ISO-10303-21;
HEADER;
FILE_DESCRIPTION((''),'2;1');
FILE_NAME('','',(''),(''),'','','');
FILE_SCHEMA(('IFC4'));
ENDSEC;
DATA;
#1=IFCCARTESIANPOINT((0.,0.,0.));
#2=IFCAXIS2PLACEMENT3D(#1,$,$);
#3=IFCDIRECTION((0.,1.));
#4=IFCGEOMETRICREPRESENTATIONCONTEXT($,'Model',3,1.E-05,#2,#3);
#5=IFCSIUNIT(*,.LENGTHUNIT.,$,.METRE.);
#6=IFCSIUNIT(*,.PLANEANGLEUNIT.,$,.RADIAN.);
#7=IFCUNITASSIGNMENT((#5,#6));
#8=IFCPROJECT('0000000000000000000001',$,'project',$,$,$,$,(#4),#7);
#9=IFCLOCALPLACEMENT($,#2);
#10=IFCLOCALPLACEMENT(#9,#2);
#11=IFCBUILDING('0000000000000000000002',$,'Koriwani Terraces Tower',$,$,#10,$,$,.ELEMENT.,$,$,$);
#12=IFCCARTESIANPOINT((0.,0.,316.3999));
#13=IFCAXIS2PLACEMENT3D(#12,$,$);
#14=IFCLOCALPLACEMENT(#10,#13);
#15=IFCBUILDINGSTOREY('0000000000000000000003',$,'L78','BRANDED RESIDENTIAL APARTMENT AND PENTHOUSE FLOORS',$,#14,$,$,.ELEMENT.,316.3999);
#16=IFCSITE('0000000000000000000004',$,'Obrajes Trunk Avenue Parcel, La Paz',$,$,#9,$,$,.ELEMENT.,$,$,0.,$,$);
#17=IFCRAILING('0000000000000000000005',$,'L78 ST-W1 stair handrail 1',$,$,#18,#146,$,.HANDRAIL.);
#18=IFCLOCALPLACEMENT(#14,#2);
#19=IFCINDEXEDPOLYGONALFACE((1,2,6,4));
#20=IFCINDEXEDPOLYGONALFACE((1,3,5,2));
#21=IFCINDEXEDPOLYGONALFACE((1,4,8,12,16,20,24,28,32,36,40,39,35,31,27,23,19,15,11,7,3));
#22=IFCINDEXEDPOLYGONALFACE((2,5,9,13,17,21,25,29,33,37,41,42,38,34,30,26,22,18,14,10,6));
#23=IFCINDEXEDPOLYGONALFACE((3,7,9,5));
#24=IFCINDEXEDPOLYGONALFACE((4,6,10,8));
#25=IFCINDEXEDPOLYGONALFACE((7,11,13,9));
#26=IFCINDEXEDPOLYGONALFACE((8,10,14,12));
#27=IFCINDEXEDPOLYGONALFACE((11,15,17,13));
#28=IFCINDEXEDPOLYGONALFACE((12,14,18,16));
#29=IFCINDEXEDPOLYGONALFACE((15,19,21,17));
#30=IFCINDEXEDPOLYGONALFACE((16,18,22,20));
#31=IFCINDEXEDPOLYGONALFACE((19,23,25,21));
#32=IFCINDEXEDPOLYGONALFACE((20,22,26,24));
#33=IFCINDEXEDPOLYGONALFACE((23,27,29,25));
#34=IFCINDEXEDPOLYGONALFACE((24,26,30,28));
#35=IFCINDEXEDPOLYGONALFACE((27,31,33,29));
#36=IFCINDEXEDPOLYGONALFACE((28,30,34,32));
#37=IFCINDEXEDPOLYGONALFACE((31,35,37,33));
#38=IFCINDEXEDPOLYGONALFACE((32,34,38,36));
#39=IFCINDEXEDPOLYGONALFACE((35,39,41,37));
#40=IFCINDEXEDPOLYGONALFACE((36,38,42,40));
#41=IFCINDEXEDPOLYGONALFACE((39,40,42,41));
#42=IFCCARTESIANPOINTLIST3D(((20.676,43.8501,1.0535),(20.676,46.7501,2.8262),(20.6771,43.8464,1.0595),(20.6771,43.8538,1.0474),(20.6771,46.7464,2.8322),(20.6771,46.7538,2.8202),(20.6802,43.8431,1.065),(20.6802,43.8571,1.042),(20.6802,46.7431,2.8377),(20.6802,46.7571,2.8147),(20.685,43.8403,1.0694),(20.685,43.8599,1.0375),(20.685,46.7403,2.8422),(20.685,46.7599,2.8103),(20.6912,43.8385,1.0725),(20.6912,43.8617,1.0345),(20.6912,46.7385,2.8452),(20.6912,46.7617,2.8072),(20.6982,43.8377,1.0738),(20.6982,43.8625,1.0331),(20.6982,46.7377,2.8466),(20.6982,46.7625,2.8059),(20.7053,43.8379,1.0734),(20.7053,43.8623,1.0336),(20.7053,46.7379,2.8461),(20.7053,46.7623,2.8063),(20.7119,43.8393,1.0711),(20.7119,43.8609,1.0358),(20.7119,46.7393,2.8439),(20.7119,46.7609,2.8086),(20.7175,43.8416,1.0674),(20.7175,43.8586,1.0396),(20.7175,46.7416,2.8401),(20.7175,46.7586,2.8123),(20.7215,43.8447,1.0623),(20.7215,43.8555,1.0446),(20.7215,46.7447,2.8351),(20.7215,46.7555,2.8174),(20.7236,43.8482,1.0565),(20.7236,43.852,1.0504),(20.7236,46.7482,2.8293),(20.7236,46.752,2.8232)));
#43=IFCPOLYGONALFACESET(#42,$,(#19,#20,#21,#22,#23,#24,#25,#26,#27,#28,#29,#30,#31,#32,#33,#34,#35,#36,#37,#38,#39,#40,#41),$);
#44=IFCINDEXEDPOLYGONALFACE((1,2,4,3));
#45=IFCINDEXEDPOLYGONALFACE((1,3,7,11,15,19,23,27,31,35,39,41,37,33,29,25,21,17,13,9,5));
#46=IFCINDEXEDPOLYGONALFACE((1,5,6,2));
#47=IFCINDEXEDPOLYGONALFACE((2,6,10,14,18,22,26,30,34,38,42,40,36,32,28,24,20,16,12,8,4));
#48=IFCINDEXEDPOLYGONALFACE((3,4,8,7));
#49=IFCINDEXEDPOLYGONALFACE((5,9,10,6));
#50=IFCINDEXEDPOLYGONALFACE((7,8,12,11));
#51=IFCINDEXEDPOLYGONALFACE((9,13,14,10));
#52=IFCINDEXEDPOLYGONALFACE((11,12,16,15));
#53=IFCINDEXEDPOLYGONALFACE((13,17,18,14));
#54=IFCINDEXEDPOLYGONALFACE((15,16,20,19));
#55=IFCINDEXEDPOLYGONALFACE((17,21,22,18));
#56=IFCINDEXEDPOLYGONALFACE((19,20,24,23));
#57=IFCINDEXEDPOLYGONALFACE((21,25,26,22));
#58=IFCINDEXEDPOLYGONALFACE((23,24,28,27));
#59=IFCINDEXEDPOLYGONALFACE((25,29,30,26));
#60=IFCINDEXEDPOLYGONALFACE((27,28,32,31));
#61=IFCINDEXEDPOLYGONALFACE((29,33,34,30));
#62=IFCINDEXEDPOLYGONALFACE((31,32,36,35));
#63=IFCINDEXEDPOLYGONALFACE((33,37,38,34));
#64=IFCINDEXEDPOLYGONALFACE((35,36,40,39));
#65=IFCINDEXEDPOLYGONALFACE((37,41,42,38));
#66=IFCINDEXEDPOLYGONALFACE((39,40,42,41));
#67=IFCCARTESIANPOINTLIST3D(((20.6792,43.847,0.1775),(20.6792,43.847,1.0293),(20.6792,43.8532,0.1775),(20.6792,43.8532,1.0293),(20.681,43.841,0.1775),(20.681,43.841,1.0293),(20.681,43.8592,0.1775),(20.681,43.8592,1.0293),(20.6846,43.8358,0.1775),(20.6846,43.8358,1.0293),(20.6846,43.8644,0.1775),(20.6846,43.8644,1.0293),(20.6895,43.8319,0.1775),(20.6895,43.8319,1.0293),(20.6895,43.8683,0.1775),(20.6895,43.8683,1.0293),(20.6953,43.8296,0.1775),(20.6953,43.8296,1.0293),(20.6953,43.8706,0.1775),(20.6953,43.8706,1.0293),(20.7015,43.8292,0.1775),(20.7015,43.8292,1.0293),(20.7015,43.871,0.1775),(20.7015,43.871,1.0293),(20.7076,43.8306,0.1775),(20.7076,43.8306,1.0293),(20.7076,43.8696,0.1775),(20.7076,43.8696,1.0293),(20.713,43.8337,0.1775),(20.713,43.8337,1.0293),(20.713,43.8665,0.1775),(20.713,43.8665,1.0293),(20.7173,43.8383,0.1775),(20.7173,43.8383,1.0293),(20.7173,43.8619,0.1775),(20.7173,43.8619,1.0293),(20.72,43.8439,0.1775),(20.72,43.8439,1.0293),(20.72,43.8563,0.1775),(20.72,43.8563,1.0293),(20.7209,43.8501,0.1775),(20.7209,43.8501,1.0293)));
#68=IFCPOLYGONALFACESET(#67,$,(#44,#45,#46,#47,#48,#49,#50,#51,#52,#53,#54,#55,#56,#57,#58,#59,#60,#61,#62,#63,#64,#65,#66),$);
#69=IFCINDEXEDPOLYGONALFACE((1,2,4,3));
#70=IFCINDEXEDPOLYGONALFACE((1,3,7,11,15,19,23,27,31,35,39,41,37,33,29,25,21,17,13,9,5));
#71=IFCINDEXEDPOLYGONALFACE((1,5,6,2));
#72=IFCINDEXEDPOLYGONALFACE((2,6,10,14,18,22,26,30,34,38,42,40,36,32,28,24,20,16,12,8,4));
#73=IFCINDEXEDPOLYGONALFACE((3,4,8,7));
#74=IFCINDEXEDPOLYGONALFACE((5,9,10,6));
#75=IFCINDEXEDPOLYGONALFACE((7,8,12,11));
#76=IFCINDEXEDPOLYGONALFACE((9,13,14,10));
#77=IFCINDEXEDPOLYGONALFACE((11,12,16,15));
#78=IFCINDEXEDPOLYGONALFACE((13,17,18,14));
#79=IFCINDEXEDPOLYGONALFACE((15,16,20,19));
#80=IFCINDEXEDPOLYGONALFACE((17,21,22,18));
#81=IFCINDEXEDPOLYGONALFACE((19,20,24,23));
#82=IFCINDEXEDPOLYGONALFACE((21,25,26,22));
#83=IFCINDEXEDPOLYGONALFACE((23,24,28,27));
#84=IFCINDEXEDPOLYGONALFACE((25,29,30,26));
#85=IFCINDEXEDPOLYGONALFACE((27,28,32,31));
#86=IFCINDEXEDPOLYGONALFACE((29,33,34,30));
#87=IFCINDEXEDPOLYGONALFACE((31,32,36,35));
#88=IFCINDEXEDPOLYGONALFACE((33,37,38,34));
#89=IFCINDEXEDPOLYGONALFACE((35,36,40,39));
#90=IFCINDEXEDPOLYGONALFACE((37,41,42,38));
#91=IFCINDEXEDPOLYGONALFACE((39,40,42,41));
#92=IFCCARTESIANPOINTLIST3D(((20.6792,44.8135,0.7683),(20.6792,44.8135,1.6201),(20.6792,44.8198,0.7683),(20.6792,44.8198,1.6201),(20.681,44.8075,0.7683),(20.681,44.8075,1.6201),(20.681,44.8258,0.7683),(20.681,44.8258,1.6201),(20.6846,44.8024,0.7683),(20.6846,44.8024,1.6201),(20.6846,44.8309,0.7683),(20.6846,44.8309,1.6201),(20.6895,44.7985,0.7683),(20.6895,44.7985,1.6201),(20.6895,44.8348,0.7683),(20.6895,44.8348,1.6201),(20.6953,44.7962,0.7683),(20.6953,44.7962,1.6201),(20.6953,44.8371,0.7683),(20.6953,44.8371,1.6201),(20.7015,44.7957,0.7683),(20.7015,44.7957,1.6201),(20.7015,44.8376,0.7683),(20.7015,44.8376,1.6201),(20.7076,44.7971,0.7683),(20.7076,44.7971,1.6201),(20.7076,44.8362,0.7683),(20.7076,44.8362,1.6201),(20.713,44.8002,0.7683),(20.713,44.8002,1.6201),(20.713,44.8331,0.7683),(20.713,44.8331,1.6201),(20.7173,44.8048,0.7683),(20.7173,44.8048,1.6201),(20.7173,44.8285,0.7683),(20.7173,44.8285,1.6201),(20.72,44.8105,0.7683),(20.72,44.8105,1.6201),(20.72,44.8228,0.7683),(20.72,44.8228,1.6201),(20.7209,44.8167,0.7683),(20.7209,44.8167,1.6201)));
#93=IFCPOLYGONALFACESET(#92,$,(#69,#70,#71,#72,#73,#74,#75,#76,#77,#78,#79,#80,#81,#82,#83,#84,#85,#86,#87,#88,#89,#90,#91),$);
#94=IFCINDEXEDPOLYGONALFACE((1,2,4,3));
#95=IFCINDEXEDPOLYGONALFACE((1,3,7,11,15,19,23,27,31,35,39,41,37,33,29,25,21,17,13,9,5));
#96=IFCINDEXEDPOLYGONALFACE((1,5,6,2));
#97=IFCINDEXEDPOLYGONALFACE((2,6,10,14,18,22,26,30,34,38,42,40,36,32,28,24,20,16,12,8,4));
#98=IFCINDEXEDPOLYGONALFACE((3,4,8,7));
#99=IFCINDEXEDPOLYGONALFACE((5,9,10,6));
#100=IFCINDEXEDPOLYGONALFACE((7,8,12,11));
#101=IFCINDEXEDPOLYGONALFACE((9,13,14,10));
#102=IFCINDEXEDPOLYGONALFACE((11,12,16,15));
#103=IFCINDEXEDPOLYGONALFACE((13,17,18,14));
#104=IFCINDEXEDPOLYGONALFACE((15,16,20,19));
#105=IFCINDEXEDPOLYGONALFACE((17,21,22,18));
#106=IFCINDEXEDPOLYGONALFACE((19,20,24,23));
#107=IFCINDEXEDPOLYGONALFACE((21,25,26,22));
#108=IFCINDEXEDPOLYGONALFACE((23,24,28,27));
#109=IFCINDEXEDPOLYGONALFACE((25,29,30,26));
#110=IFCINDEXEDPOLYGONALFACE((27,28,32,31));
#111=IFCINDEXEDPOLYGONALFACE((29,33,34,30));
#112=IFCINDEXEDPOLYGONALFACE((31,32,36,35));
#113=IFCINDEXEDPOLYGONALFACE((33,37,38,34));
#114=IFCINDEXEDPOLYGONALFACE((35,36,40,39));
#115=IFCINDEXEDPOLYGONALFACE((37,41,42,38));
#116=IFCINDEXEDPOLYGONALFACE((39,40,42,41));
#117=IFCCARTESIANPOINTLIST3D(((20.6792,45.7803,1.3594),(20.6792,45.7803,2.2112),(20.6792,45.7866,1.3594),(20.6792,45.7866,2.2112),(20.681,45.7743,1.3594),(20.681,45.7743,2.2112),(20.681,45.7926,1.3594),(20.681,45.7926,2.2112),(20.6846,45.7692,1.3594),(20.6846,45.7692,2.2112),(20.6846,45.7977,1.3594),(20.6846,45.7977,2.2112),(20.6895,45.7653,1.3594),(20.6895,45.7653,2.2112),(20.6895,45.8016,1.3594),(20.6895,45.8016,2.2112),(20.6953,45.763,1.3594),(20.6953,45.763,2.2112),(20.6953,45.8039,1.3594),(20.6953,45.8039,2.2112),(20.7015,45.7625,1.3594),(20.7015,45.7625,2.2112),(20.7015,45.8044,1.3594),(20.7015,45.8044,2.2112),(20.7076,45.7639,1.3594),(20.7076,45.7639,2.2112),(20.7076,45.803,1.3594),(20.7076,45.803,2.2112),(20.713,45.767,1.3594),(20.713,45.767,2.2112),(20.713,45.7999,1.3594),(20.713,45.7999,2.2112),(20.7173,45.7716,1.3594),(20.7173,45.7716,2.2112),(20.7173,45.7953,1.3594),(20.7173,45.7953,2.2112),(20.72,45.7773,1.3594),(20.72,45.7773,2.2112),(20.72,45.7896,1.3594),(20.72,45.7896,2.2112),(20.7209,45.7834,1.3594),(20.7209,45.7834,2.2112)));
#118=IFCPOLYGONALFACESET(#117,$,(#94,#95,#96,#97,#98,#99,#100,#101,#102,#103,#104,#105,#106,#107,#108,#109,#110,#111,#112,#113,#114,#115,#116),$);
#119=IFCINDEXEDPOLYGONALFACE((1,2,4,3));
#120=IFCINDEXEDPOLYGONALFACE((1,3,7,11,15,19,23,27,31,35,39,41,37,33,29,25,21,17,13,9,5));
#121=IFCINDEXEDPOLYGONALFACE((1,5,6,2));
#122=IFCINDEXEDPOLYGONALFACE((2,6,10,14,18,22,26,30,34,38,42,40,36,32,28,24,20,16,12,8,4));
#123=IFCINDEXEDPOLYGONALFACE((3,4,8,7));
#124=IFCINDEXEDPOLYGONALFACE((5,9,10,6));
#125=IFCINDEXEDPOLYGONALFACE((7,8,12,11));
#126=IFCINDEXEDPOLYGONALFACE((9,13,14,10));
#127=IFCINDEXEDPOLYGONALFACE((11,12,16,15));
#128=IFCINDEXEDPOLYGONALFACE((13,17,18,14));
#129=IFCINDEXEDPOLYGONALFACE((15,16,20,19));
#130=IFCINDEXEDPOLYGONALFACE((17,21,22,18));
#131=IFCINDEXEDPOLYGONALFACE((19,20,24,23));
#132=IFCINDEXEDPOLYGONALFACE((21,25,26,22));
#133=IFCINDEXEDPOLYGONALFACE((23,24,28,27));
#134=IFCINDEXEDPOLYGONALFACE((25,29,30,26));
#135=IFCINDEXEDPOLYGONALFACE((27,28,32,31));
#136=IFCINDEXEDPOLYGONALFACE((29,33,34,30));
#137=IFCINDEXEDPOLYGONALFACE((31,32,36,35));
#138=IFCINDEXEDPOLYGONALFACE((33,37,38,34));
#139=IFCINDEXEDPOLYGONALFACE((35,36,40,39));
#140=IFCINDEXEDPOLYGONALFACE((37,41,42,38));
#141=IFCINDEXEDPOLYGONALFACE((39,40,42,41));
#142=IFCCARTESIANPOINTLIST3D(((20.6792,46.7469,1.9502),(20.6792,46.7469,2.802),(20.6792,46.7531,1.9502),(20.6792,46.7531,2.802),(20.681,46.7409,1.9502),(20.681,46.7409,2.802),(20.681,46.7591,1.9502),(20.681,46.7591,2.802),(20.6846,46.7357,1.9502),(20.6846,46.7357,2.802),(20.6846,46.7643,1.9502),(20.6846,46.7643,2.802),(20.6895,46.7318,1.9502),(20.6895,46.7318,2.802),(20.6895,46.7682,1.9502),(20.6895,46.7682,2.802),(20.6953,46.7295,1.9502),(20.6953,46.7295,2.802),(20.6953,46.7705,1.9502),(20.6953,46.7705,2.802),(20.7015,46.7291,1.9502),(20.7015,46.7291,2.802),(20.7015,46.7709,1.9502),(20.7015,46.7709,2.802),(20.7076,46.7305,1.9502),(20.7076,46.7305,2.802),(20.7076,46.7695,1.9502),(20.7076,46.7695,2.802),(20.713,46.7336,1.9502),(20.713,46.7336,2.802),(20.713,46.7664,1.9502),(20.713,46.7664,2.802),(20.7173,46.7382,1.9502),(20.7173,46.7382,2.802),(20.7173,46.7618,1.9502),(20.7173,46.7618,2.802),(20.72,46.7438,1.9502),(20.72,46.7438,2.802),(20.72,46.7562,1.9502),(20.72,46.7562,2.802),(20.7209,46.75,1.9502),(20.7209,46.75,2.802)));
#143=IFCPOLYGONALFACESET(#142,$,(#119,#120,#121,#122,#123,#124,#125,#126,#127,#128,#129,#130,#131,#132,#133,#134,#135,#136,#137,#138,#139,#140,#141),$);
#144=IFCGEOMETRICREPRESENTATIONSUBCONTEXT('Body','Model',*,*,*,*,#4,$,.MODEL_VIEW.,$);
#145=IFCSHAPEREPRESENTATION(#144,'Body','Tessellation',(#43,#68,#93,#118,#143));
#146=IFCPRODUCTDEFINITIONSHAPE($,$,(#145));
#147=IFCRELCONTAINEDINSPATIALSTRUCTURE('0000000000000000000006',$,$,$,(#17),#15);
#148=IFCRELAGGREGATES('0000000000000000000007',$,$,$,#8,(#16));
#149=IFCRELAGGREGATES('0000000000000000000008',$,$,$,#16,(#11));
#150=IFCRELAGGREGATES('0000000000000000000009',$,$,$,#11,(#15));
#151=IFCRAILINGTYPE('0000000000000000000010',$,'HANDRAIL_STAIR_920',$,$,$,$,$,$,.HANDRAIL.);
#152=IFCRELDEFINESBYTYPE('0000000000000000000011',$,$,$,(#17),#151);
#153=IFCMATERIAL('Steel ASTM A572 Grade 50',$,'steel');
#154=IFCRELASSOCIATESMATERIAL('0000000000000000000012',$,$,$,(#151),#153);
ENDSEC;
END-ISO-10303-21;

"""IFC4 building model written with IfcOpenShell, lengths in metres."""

from ifc_helpers import new_model, si_unit, direction, frame, origin, origin_2d, place, context, subcontext, project, spatial, circle, extrude, material, type_object, element, save


model = new_model("IFC4")

# Units and contexts
model_context = context("Model", 3, precision=1e-05, world=origin(), true_north=direction((0.0, 1.0)))
body_context = subcontext(model_context, "Body", "Model", "MODEL_VIEW")
ifc_project = project(units=[si_unit("LENGTHUNIT", "METRE"), si_unit("PLANEANGLEUNIT", "RADIAN")], contexts=[model_context])

# Site, building, storey
site_placement = place(None, origin())
site = spatial("IfcSite", under=ifc_project, at=site_placement, Name="Obrajes Trunk Avenue Parcel, La Paz", CompositionType="ELEMENT", RefElevation=0.0)
building_placement = place(site_placement, origin())
building = spatial("IfcBuilding", under=site, at=building_placement, Name="Koriwani Terraces Tower", CompositionType="ELEMENT")
storey_placement = place(building_placement, frame((0.0, 0.0, 316.3999)))
storey = spatial("IfcBuildingStorey", under=building, at=storey_placement, Name="L78", Description="BRANDED RESIDENTIAL APARTMENT AND PENTHOUSE FLOORS", CompositionType="ELEMENT", Elevation=316.3999)

# Shared definitions
ifc_material_1 = material(Name="Steel ASTM A572 Grade 50", Category="steel")

# Railing
railing_type = type_object("IfcRailingType", Name="HANDRAIL_STAIR_920", PredefinedType="HANDRAIL", material=ifc_material_1)
railing_placement = place(storey_placement, frame((20.7, 43.8501, 0.1775)))
element("IfcRailing", 1, at=railing_placement, inside=storey, type_object=railing_type, Name="L78 ST-W1 stair handrail 1", PredefinedType="HANDRAIL", context=body_context, shape_type="SweptSolid", body=[
    extrude(circle(Radius=0.0239, at=origin_2d()), frame((0.0, 0.0, 0.876), z_axis=(0.0, 0.853211, 0.521566), x_axis=(-1.0, 0.0, 0.0)), (0.0, 0.0, 1.0), 3.3989),
    extrude(circle(Radius=0.021, at=origin_2d()), origin(), (0.0, 0.0, 1.0), 0.8518),
    extrude(circle(Radius=0.021, at=origin_2d()), frame((0.0, 0.9666, 0.5908)), (0.0, 0.0, 1.0), 0.8518),
    extrude(circle(Radius=0.021, at=origin_2d()), frame((0.0, 1.9333, 1.1819)), (0.0, 0.0, 1.0), 0.8518),
    extrude(circle(Radius=0.021, at=origin_2d()), frame((0.0, 2.8999, 1.7727)), (0.0, 0.0, 1.0), 0.8518),
])

save(model, "model.ifc")
